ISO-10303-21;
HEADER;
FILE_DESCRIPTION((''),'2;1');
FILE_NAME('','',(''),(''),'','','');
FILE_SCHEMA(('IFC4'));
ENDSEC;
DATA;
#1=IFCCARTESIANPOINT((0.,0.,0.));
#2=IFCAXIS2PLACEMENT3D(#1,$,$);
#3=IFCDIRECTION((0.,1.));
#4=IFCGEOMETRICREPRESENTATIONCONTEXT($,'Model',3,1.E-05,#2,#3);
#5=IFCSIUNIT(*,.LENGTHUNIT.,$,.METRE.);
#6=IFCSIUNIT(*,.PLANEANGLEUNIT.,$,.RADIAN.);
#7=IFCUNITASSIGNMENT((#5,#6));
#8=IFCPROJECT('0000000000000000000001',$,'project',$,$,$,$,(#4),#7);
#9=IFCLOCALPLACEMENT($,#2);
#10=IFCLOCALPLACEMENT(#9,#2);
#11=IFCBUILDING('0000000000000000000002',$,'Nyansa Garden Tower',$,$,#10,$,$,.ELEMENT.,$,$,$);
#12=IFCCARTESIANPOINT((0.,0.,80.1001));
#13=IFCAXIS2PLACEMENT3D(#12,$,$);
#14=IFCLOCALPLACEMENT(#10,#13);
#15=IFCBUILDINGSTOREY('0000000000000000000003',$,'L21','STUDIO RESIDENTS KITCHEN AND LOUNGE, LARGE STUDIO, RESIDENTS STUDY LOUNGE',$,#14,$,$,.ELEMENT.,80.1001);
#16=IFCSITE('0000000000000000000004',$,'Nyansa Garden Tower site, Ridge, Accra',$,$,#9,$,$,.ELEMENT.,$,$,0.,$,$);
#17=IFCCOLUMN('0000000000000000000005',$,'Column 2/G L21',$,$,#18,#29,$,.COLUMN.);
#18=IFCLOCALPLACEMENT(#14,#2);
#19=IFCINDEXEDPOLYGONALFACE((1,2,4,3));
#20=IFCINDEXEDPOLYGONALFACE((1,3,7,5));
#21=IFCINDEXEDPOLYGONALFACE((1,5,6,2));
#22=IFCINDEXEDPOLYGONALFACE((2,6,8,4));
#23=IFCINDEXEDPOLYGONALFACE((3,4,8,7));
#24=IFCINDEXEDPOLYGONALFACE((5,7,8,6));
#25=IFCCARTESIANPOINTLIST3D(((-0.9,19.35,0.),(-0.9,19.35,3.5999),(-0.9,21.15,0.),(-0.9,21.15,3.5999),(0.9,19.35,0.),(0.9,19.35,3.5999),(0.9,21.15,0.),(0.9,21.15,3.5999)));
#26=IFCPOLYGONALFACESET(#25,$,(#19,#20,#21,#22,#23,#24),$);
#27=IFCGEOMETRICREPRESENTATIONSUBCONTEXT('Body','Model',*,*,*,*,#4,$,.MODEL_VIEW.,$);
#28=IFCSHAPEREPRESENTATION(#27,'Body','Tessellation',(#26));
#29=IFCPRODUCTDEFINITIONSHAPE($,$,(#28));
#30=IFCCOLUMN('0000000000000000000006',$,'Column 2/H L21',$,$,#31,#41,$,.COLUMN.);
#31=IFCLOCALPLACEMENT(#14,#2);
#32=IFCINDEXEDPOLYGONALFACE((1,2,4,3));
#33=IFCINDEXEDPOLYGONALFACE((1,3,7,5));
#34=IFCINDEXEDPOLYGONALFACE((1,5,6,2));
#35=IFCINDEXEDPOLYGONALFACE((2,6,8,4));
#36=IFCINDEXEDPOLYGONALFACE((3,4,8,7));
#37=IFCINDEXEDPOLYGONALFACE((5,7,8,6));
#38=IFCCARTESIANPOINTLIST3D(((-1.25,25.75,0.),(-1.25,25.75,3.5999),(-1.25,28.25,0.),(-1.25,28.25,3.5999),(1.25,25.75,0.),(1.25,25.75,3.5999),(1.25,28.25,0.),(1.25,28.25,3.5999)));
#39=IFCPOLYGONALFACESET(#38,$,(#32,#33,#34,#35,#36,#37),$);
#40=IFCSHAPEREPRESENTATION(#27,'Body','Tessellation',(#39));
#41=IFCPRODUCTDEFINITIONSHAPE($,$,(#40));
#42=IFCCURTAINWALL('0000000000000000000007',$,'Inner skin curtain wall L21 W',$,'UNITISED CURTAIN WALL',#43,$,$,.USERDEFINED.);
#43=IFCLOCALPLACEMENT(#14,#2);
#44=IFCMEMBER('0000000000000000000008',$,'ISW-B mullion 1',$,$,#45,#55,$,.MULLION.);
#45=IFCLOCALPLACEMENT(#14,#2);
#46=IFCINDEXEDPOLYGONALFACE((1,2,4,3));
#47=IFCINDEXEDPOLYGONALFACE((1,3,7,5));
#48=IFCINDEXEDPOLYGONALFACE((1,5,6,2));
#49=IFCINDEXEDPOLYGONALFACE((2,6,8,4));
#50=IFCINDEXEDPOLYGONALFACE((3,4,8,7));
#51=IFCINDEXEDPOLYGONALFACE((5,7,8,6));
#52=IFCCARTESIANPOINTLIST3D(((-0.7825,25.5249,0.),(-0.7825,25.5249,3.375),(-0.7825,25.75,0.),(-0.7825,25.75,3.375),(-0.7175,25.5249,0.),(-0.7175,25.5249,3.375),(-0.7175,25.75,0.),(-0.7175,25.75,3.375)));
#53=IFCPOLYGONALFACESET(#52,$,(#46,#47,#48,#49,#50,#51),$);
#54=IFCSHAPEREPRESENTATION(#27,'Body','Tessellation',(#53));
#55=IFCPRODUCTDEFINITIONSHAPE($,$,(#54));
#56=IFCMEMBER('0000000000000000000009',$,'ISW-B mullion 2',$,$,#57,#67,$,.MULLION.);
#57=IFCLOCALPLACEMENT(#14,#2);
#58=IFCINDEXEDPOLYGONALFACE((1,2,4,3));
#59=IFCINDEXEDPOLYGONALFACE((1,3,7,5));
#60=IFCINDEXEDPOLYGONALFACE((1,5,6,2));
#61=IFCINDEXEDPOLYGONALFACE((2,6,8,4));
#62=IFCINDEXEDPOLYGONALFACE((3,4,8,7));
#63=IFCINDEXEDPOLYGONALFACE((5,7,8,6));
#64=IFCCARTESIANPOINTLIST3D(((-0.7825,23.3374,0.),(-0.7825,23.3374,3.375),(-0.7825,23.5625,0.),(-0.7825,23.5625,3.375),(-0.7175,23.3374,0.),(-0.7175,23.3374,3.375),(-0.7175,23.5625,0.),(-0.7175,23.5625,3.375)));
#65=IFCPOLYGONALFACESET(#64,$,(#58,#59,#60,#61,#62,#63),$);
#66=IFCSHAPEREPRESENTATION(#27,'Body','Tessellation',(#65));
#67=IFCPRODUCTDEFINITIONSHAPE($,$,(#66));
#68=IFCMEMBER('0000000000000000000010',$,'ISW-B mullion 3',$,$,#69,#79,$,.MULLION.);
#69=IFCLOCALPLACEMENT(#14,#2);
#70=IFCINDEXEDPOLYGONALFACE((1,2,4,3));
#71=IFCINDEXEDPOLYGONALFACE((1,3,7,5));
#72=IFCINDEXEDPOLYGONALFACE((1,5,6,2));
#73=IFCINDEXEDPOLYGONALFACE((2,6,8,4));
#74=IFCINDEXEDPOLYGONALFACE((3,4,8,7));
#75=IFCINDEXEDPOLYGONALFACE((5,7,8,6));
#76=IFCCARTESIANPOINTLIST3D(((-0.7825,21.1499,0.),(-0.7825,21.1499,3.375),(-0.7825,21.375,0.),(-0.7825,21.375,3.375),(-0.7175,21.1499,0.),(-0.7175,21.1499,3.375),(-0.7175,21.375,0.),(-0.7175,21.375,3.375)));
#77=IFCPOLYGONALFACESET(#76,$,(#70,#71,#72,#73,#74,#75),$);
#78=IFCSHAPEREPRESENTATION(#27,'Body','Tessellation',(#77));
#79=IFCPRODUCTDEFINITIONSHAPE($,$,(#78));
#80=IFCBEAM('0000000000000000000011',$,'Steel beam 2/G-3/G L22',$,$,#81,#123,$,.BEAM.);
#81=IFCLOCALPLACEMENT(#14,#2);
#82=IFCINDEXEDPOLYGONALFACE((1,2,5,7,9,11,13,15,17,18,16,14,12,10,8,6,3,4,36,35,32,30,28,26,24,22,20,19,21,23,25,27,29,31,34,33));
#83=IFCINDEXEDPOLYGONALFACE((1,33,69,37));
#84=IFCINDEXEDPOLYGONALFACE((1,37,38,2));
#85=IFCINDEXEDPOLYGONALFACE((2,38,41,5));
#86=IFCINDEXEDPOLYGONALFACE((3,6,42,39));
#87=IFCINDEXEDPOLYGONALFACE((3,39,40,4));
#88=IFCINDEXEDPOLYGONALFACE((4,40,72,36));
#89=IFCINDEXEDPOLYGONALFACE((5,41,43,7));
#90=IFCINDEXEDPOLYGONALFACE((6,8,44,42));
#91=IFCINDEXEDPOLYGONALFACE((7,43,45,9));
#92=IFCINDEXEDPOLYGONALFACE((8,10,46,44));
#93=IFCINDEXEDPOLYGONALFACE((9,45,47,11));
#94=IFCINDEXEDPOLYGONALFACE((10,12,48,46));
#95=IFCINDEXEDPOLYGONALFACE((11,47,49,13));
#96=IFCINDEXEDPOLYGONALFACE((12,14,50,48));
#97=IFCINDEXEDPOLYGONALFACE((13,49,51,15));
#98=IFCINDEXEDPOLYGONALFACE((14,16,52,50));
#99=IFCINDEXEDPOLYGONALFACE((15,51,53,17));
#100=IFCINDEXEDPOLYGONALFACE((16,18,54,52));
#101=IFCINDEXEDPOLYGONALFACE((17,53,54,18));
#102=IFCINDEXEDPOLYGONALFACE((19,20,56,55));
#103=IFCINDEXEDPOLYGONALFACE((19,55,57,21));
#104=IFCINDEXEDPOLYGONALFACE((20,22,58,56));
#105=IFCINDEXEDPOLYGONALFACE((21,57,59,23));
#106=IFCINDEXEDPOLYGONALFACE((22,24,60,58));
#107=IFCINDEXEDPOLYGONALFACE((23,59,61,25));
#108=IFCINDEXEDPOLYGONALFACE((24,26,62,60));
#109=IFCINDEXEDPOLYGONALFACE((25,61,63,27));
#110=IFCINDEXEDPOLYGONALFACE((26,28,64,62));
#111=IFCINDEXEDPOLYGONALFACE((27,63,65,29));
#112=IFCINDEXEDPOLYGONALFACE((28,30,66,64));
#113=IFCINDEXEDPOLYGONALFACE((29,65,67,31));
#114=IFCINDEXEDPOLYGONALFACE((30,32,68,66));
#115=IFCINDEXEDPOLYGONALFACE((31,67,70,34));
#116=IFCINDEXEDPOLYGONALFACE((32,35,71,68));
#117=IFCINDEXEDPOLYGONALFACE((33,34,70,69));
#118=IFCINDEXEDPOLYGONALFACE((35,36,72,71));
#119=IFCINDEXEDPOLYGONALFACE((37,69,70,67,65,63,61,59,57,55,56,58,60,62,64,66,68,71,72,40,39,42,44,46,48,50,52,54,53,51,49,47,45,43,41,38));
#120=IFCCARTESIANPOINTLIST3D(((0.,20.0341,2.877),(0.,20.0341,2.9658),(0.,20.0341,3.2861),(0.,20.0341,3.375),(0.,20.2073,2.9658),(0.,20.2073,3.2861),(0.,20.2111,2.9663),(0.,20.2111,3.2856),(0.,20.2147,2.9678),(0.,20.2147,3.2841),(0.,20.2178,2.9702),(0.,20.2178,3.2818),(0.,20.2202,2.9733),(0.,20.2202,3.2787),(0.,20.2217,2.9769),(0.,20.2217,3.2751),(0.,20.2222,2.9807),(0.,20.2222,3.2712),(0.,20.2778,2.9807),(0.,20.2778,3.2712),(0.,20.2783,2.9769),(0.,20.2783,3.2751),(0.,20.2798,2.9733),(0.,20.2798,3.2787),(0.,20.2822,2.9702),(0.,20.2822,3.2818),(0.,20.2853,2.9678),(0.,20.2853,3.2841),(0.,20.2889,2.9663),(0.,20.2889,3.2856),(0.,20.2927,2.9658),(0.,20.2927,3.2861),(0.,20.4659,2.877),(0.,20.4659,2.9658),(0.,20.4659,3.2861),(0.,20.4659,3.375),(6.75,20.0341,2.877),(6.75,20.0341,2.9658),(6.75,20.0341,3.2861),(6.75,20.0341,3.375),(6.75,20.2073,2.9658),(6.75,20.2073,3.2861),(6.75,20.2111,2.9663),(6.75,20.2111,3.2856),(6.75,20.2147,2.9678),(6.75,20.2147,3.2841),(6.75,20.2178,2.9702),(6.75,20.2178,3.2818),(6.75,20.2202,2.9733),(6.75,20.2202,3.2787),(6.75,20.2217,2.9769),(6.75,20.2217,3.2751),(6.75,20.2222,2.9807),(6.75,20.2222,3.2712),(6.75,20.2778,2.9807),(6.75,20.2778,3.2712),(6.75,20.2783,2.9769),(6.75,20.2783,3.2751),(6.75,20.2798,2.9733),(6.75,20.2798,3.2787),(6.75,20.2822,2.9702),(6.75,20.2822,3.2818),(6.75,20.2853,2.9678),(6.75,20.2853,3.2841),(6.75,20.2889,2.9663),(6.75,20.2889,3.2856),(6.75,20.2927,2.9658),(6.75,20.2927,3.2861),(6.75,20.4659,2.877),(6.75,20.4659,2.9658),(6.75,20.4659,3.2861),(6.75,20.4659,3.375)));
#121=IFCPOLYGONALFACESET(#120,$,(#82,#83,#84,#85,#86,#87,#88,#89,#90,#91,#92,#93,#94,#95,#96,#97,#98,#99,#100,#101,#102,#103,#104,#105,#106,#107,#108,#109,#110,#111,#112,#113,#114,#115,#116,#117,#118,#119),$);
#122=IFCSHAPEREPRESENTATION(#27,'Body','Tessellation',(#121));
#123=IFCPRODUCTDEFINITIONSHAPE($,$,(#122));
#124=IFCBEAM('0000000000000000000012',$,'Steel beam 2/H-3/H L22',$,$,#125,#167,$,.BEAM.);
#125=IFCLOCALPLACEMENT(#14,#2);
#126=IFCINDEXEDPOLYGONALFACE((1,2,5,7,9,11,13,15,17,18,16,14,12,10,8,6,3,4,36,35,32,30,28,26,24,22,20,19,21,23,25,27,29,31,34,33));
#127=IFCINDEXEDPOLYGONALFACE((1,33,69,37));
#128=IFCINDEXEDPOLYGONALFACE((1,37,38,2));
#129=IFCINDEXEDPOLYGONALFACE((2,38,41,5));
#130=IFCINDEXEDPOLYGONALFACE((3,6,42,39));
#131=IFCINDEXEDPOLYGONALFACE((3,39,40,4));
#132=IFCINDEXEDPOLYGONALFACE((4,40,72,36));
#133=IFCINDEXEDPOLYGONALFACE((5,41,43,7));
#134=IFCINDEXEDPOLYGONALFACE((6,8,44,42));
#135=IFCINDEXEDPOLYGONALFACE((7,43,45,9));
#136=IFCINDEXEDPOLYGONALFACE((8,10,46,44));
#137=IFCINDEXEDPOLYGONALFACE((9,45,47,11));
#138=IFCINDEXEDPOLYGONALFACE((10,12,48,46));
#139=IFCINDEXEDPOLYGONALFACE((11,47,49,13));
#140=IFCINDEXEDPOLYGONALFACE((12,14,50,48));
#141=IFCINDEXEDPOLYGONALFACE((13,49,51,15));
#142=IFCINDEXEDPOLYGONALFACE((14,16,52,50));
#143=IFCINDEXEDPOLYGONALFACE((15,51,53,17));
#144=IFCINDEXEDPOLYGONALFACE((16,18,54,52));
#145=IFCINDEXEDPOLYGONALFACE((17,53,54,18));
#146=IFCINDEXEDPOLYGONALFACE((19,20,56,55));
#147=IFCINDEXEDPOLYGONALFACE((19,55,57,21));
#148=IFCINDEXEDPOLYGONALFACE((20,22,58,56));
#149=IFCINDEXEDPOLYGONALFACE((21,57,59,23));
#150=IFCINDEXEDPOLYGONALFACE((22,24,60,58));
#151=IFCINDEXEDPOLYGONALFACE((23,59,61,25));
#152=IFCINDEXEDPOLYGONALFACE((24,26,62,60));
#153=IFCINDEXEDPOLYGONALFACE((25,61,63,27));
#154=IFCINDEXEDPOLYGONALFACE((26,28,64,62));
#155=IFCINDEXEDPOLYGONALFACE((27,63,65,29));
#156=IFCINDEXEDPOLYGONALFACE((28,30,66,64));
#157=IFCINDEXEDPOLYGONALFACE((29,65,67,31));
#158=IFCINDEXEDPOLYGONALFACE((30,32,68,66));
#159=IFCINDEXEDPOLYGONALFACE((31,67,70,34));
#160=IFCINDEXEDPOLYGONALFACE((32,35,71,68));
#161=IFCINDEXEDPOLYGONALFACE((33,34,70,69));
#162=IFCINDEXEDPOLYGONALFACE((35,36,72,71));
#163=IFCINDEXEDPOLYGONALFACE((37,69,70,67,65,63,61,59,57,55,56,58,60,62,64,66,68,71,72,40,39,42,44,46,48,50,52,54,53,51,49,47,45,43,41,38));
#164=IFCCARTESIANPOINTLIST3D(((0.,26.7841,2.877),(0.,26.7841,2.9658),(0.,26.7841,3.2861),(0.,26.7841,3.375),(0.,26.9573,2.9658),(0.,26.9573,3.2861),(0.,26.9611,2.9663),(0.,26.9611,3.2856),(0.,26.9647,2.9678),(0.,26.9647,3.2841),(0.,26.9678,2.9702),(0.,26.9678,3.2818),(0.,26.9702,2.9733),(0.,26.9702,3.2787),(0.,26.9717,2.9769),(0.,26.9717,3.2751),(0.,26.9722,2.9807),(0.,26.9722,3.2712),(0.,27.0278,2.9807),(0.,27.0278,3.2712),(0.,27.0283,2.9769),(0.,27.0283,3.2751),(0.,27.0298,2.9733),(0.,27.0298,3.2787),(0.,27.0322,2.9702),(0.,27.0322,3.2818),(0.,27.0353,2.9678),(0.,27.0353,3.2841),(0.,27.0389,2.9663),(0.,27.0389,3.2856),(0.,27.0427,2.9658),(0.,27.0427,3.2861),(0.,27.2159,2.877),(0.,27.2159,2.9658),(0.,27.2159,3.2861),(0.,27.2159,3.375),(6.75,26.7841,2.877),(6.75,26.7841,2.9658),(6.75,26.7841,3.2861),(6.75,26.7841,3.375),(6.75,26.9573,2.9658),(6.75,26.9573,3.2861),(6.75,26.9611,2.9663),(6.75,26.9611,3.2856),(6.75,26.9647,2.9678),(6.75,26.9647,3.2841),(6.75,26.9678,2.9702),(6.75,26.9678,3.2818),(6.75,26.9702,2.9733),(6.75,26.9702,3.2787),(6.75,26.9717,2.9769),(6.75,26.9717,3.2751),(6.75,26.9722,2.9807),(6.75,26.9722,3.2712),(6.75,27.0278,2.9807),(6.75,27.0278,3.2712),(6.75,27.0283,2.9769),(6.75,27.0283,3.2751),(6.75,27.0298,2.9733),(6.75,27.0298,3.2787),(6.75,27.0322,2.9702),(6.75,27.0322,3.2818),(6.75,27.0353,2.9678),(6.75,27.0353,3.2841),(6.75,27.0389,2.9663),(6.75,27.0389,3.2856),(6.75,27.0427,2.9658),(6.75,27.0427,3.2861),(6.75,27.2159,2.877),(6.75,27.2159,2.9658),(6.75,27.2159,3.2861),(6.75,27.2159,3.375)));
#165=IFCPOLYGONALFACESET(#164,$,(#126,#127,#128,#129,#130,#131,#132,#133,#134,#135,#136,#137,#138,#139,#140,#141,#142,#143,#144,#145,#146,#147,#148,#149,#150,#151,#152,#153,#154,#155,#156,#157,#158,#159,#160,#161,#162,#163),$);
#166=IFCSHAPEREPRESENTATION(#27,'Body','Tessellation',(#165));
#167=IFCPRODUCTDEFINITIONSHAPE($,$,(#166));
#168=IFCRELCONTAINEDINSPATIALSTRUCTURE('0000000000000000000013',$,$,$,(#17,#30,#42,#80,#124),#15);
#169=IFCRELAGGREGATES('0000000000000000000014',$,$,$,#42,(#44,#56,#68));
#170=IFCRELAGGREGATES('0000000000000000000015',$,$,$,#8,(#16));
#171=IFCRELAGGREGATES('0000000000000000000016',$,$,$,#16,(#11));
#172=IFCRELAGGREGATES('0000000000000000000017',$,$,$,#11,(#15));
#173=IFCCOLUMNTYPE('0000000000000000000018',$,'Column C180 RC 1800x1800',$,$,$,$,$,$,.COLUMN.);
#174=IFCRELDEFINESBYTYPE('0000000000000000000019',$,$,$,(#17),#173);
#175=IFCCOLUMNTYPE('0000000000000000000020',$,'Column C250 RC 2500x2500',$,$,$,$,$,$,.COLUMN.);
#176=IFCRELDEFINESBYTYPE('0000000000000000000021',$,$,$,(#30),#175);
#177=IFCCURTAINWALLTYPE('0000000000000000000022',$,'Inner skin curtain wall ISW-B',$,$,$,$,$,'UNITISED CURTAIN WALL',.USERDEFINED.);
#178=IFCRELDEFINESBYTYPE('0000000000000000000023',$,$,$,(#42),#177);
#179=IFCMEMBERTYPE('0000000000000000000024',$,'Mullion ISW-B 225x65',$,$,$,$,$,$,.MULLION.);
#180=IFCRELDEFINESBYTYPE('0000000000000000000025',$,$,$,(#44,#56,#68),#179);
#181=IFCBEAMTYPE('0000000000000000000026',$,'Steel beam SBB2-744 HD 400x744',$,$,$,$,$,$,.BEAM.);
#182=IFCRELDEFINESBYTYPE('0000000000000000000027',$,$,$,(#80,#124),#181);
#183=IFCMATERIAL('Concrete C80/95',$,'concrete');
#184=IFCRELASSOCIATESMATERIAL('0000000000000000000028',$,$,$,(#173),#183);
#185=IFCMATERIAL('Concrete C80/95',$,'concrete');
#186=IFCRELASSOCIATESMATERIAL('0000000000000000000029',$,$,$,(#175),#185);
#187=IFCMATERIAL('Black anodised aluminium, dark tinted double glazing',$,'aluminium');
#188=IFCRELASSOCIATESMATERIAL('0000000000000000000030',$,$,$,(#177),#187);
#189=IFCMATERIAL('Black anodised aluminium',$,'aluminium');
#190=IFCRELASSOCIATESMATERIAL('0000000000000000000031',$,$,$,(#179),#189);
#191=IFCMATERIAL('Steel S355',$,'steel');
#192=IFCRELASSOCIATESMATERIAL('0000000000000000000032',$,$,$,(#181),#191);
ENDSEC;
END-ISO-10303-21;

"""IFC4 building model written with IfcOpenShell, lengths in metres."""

from ifc_helpers import new_model, si_unit, direction, frame, origin, origin_2d, place, context, subcontext, project, spatial, rectangle, i_section, extrude, material, material_profile, profile_set, type_object, element, aggregate, save


model = new_model("IFC4")

# Units and contexts
model_context = context("Model", 3, precision=1e-05, world=origin(), true_north=direction((0.0, 1.0)))
body_context = subcontext(model_context, "Body", "Model", "MODEL_VIEW")
ifc_project = project(units=[si_unit("LENGTHUNIT", "METRE"), si_unit("PLANEANGLEUNIT", "RADIAN")], contexts=[model_context])

# Site, building, storey
site_placement = place(None, origin())
site = spatial("IfcSite", under=ifc_project, at=site_placement, Name="Nyansa Garden Tower site, Ridge, Accra", CompositionType="ELEMENT", RefElevation=0.0)
building_placement = place(site_placement, origin())
building = spatial("IfcBuilding", under=site, at=building_placement, Name="Nyansa Garden Tower", CompositionType="ELEMENT")
storey_placement = place(building_placement, frame((0.0, 0.0, 80.1001)))
storey = spatial("IfcBuildingStorey", under=building, at=storey_placement, Name="L21", Description="STUDIO RESIDENTS KITCHEN AND LOUNGE, LARGE STUDIO, RESIDENTS STUDY LOUNGE", CompositionType="ELEMENT", Elevation=80.1001)

# Columns
ifc_material_1 = material(Name="Concrete C80/95", Category="concrete")
ifc_material_profile_1 = material_profile(ifc_material_1, rectangle(XDim=1.8, YDim=1.8, at=origin_2d()), Name="RC 1800x1800")
ifc_profile_set_1 = profile_set([ifc_material_profile_1], Name="Concrete C80/95")
column_type_1 = type_object("IfcColumnType", Name="Column C180 RC 1800x1800", PredefinedType="COLUMN", material=ifc_profile_set_1)
column_1_placement = place(storey_placement, frame((0.0, 20.25, 0.0), z_axis=(0.0, 0.0, 1.0), x_axis=(1.0, 0.0, 0.0)))
element("IfcColumn", 1, at=column_1_placement, inside=storey, type_object=column_type_1, Name="Column 2/G L21", PredefinedType="COLUMN", context=body_context, shape_type="SweptSolid", body=[
    extrude(rectangle(XDim=1.8, YDim=1.8, at=origin_2d()), origin(), (0.0, 0.0, 1.0), 3.5999),
])
ifc_material_2 = material(Name="Concrete C80/95", Category="concrete")
ifc_material_profile_2 = material_profile(ifc_material_2, rectangle(XDim=2.5, YDim=2.5, at=origin_2d()), Name="RC 2500x2500")
ifc_profile_set_2 = profile_set([ifc_material_profile_2], Name="Concrete C80/95")
column_type_2 = type_object("IfcColumnType", Name="Column C250 RC 2500x2500", PredefinedType="COLUMN", material=ifc_profile_set_2)
column_2_placement = place(storey_placement, frame((0.0, 27.0, 0.0), z_axis=(0.0, 0.0, 1.0), x_axis=(1.0, 0.0, 0.0)))
element("IfcColumn", 2, at=column_2_placement, inside=storey, type_object=column_type_2, Name="Column 2/H L21", PredefinedType="COLUMN", context=body_context, shape_type="SweptSolid", body=[
    extrude(rectangle(XDim=2.5, YDim=2.5, at=origin_2d()), origin(), (0.0, 0.0, 1.0), 3.5999),
])

# Curtain wall, members
ifc_material_3 = material(Name="Black anodised aluminium, dark tinted double glazing", Category="aluminium")
curtain_wall_type = type_object("IfcCurtainWallType", Name="Inner skin curtain wall ISW-B", ElementType="UNITISED CURTAIN WALL", PredefinedType="USERDEFINED", material=ifc_material_3)
curtain_wall_placement = place(storey_placement, origin())
curtain_wall = element("IfcCurtainWall", 3, at=curtain_wall_placement, inside=storey, type_object=curtain_wall_type, Name="Inner skin curtain wall L21 W", ObjectType="UNITISED CURTAIN WALL", PredefinedType="USERDEFINED")
ifc_material_4 = material(Name="Black anodised aluminium", Category="aluminium")
ifc_material_profile_3 = material_profile(ifc_material_4, rectangle(XDim=0.0649, YDim=0.2251, at=origin_2d()), Name="Mullion 225x65")
ifc_profile_set_3 = profile_set([ifc_material_profile_3], Name="Black anodised aluminium")
member_type_1 = type_object("IfcMemberType", Name="Mullion ISW-B 225x65", PredefinedType="MULLION", material=ifc_profile_set_3)
member_1_placement = place(storey_placement, frame((-0.75, 25.6375, 0.0), z_axis=(0.0, 0.0, 1.0), x_axis=(1.0, 0.0, 0.0)))
member_1 = element("IfcMember", 4, at=member_1_placement, type_object=member_type_1, Name="ISW-B mullion 1", PredefinedType="MULLION", context=body_context, shape_type="SweptSolid", body=[
    extrude(rectangle(XDim=0.0649, YDim=0.2251, at=origin_2d()), origin(), (0.0, 0.0, 1.0), 3.375),
])
member_2_placement = place(storey_placement, frame((-0.75, 23.45, 0.0), z_axis=(0.0, 0.0, 1.0), x_axis=(1.0, 0.0, 0.0)))
member_2 = element("IfcMember", 5, at=member_2_placement, type_object=member_type_1, Name="ISW-B mullion 2", PredefinedType="MULLION", context=body_context, shape_type="SweptSolid", body=[
    extrude(rectangle(XDim=0.0649, YDim=0.2251, at=origin_2d()), origin(), (0.0, 0.0, 1.0), 3.375),
])
member_3_placement = place(storey_placement, frame((-0.75, 21.2625, 0.0), z_axis=(0.0, 0.0, 1.0), x_axis=(1.0, 0.0, 0.0)))
member_3 = element("IfcMember", 6, at=member_3_placement, type_object=member_type_1, Name="ISW-B mullion 3", PredefinedType="MULLION", context=body_context, shape_type="SweptSolid", body=[
    extrude(rectangle(XDim=0.0649, YDim=0.2251, at=origin_2d()), origin(), (0.0, 0.0, 1.0), 3.375),
])

# Beams
ifc_material_5 = material(Name="Steel S355", Category="steel")
ifc_material_profile_4 = material_profile(ifc_material_5, i_section(OverallWidth=0.4319, OverallDepth=0.498, WebThickness=0.0557, FlangeThickness=0.0889, FilletRadius=0.0149, at=origin_2d()), Name="HD 400x744")
ifc_profile_set_4 = profile_set([ifc_material_profile_4], Name="Steel S355")
beam_type_1 = type_object("IfcBeamType", Name="Steel beam SBB2-744 HD 400x744", PredefinedType="BEAM", material=ifc_profile_set_4)
for number, where, z_axis, x_axis, name in (
    (7, (0.0, 20.25, 3.126), (1.0, 0.0, 0.0), (0.0, 1.0, 0.0), "Steel beam 2/G-3/G L22"),
    (8, (0.0, 27.0, 3.126), (1.0, 0.0, 0.0), (0.0, 1.0, 0.0), "Steel beam 2/H-3/H L22"),
):
    element("IfcBeam", number, at=place(storey_placement, frame(where, z_axis=z_axis, x_axis=x_axis)), inside=storey, type_object=beam_type_1, Name=name, PredefinedType="BEAM", context=body_context, shape_type="SweptSolid", body=[
        extrude(i_section(OverallWidth=0.4319, OverallDepth=0.498, WebThickness=0.0557, FlangeThickness=0.0889, FilletRadius=0.0149, at=origin_2d()), origin(), (0.0, 0.0, 1.0), 6.75),
    ])

aggregate(curtain_wall, [member_1, member_2, member_3])

save(model, "model.ifc")
